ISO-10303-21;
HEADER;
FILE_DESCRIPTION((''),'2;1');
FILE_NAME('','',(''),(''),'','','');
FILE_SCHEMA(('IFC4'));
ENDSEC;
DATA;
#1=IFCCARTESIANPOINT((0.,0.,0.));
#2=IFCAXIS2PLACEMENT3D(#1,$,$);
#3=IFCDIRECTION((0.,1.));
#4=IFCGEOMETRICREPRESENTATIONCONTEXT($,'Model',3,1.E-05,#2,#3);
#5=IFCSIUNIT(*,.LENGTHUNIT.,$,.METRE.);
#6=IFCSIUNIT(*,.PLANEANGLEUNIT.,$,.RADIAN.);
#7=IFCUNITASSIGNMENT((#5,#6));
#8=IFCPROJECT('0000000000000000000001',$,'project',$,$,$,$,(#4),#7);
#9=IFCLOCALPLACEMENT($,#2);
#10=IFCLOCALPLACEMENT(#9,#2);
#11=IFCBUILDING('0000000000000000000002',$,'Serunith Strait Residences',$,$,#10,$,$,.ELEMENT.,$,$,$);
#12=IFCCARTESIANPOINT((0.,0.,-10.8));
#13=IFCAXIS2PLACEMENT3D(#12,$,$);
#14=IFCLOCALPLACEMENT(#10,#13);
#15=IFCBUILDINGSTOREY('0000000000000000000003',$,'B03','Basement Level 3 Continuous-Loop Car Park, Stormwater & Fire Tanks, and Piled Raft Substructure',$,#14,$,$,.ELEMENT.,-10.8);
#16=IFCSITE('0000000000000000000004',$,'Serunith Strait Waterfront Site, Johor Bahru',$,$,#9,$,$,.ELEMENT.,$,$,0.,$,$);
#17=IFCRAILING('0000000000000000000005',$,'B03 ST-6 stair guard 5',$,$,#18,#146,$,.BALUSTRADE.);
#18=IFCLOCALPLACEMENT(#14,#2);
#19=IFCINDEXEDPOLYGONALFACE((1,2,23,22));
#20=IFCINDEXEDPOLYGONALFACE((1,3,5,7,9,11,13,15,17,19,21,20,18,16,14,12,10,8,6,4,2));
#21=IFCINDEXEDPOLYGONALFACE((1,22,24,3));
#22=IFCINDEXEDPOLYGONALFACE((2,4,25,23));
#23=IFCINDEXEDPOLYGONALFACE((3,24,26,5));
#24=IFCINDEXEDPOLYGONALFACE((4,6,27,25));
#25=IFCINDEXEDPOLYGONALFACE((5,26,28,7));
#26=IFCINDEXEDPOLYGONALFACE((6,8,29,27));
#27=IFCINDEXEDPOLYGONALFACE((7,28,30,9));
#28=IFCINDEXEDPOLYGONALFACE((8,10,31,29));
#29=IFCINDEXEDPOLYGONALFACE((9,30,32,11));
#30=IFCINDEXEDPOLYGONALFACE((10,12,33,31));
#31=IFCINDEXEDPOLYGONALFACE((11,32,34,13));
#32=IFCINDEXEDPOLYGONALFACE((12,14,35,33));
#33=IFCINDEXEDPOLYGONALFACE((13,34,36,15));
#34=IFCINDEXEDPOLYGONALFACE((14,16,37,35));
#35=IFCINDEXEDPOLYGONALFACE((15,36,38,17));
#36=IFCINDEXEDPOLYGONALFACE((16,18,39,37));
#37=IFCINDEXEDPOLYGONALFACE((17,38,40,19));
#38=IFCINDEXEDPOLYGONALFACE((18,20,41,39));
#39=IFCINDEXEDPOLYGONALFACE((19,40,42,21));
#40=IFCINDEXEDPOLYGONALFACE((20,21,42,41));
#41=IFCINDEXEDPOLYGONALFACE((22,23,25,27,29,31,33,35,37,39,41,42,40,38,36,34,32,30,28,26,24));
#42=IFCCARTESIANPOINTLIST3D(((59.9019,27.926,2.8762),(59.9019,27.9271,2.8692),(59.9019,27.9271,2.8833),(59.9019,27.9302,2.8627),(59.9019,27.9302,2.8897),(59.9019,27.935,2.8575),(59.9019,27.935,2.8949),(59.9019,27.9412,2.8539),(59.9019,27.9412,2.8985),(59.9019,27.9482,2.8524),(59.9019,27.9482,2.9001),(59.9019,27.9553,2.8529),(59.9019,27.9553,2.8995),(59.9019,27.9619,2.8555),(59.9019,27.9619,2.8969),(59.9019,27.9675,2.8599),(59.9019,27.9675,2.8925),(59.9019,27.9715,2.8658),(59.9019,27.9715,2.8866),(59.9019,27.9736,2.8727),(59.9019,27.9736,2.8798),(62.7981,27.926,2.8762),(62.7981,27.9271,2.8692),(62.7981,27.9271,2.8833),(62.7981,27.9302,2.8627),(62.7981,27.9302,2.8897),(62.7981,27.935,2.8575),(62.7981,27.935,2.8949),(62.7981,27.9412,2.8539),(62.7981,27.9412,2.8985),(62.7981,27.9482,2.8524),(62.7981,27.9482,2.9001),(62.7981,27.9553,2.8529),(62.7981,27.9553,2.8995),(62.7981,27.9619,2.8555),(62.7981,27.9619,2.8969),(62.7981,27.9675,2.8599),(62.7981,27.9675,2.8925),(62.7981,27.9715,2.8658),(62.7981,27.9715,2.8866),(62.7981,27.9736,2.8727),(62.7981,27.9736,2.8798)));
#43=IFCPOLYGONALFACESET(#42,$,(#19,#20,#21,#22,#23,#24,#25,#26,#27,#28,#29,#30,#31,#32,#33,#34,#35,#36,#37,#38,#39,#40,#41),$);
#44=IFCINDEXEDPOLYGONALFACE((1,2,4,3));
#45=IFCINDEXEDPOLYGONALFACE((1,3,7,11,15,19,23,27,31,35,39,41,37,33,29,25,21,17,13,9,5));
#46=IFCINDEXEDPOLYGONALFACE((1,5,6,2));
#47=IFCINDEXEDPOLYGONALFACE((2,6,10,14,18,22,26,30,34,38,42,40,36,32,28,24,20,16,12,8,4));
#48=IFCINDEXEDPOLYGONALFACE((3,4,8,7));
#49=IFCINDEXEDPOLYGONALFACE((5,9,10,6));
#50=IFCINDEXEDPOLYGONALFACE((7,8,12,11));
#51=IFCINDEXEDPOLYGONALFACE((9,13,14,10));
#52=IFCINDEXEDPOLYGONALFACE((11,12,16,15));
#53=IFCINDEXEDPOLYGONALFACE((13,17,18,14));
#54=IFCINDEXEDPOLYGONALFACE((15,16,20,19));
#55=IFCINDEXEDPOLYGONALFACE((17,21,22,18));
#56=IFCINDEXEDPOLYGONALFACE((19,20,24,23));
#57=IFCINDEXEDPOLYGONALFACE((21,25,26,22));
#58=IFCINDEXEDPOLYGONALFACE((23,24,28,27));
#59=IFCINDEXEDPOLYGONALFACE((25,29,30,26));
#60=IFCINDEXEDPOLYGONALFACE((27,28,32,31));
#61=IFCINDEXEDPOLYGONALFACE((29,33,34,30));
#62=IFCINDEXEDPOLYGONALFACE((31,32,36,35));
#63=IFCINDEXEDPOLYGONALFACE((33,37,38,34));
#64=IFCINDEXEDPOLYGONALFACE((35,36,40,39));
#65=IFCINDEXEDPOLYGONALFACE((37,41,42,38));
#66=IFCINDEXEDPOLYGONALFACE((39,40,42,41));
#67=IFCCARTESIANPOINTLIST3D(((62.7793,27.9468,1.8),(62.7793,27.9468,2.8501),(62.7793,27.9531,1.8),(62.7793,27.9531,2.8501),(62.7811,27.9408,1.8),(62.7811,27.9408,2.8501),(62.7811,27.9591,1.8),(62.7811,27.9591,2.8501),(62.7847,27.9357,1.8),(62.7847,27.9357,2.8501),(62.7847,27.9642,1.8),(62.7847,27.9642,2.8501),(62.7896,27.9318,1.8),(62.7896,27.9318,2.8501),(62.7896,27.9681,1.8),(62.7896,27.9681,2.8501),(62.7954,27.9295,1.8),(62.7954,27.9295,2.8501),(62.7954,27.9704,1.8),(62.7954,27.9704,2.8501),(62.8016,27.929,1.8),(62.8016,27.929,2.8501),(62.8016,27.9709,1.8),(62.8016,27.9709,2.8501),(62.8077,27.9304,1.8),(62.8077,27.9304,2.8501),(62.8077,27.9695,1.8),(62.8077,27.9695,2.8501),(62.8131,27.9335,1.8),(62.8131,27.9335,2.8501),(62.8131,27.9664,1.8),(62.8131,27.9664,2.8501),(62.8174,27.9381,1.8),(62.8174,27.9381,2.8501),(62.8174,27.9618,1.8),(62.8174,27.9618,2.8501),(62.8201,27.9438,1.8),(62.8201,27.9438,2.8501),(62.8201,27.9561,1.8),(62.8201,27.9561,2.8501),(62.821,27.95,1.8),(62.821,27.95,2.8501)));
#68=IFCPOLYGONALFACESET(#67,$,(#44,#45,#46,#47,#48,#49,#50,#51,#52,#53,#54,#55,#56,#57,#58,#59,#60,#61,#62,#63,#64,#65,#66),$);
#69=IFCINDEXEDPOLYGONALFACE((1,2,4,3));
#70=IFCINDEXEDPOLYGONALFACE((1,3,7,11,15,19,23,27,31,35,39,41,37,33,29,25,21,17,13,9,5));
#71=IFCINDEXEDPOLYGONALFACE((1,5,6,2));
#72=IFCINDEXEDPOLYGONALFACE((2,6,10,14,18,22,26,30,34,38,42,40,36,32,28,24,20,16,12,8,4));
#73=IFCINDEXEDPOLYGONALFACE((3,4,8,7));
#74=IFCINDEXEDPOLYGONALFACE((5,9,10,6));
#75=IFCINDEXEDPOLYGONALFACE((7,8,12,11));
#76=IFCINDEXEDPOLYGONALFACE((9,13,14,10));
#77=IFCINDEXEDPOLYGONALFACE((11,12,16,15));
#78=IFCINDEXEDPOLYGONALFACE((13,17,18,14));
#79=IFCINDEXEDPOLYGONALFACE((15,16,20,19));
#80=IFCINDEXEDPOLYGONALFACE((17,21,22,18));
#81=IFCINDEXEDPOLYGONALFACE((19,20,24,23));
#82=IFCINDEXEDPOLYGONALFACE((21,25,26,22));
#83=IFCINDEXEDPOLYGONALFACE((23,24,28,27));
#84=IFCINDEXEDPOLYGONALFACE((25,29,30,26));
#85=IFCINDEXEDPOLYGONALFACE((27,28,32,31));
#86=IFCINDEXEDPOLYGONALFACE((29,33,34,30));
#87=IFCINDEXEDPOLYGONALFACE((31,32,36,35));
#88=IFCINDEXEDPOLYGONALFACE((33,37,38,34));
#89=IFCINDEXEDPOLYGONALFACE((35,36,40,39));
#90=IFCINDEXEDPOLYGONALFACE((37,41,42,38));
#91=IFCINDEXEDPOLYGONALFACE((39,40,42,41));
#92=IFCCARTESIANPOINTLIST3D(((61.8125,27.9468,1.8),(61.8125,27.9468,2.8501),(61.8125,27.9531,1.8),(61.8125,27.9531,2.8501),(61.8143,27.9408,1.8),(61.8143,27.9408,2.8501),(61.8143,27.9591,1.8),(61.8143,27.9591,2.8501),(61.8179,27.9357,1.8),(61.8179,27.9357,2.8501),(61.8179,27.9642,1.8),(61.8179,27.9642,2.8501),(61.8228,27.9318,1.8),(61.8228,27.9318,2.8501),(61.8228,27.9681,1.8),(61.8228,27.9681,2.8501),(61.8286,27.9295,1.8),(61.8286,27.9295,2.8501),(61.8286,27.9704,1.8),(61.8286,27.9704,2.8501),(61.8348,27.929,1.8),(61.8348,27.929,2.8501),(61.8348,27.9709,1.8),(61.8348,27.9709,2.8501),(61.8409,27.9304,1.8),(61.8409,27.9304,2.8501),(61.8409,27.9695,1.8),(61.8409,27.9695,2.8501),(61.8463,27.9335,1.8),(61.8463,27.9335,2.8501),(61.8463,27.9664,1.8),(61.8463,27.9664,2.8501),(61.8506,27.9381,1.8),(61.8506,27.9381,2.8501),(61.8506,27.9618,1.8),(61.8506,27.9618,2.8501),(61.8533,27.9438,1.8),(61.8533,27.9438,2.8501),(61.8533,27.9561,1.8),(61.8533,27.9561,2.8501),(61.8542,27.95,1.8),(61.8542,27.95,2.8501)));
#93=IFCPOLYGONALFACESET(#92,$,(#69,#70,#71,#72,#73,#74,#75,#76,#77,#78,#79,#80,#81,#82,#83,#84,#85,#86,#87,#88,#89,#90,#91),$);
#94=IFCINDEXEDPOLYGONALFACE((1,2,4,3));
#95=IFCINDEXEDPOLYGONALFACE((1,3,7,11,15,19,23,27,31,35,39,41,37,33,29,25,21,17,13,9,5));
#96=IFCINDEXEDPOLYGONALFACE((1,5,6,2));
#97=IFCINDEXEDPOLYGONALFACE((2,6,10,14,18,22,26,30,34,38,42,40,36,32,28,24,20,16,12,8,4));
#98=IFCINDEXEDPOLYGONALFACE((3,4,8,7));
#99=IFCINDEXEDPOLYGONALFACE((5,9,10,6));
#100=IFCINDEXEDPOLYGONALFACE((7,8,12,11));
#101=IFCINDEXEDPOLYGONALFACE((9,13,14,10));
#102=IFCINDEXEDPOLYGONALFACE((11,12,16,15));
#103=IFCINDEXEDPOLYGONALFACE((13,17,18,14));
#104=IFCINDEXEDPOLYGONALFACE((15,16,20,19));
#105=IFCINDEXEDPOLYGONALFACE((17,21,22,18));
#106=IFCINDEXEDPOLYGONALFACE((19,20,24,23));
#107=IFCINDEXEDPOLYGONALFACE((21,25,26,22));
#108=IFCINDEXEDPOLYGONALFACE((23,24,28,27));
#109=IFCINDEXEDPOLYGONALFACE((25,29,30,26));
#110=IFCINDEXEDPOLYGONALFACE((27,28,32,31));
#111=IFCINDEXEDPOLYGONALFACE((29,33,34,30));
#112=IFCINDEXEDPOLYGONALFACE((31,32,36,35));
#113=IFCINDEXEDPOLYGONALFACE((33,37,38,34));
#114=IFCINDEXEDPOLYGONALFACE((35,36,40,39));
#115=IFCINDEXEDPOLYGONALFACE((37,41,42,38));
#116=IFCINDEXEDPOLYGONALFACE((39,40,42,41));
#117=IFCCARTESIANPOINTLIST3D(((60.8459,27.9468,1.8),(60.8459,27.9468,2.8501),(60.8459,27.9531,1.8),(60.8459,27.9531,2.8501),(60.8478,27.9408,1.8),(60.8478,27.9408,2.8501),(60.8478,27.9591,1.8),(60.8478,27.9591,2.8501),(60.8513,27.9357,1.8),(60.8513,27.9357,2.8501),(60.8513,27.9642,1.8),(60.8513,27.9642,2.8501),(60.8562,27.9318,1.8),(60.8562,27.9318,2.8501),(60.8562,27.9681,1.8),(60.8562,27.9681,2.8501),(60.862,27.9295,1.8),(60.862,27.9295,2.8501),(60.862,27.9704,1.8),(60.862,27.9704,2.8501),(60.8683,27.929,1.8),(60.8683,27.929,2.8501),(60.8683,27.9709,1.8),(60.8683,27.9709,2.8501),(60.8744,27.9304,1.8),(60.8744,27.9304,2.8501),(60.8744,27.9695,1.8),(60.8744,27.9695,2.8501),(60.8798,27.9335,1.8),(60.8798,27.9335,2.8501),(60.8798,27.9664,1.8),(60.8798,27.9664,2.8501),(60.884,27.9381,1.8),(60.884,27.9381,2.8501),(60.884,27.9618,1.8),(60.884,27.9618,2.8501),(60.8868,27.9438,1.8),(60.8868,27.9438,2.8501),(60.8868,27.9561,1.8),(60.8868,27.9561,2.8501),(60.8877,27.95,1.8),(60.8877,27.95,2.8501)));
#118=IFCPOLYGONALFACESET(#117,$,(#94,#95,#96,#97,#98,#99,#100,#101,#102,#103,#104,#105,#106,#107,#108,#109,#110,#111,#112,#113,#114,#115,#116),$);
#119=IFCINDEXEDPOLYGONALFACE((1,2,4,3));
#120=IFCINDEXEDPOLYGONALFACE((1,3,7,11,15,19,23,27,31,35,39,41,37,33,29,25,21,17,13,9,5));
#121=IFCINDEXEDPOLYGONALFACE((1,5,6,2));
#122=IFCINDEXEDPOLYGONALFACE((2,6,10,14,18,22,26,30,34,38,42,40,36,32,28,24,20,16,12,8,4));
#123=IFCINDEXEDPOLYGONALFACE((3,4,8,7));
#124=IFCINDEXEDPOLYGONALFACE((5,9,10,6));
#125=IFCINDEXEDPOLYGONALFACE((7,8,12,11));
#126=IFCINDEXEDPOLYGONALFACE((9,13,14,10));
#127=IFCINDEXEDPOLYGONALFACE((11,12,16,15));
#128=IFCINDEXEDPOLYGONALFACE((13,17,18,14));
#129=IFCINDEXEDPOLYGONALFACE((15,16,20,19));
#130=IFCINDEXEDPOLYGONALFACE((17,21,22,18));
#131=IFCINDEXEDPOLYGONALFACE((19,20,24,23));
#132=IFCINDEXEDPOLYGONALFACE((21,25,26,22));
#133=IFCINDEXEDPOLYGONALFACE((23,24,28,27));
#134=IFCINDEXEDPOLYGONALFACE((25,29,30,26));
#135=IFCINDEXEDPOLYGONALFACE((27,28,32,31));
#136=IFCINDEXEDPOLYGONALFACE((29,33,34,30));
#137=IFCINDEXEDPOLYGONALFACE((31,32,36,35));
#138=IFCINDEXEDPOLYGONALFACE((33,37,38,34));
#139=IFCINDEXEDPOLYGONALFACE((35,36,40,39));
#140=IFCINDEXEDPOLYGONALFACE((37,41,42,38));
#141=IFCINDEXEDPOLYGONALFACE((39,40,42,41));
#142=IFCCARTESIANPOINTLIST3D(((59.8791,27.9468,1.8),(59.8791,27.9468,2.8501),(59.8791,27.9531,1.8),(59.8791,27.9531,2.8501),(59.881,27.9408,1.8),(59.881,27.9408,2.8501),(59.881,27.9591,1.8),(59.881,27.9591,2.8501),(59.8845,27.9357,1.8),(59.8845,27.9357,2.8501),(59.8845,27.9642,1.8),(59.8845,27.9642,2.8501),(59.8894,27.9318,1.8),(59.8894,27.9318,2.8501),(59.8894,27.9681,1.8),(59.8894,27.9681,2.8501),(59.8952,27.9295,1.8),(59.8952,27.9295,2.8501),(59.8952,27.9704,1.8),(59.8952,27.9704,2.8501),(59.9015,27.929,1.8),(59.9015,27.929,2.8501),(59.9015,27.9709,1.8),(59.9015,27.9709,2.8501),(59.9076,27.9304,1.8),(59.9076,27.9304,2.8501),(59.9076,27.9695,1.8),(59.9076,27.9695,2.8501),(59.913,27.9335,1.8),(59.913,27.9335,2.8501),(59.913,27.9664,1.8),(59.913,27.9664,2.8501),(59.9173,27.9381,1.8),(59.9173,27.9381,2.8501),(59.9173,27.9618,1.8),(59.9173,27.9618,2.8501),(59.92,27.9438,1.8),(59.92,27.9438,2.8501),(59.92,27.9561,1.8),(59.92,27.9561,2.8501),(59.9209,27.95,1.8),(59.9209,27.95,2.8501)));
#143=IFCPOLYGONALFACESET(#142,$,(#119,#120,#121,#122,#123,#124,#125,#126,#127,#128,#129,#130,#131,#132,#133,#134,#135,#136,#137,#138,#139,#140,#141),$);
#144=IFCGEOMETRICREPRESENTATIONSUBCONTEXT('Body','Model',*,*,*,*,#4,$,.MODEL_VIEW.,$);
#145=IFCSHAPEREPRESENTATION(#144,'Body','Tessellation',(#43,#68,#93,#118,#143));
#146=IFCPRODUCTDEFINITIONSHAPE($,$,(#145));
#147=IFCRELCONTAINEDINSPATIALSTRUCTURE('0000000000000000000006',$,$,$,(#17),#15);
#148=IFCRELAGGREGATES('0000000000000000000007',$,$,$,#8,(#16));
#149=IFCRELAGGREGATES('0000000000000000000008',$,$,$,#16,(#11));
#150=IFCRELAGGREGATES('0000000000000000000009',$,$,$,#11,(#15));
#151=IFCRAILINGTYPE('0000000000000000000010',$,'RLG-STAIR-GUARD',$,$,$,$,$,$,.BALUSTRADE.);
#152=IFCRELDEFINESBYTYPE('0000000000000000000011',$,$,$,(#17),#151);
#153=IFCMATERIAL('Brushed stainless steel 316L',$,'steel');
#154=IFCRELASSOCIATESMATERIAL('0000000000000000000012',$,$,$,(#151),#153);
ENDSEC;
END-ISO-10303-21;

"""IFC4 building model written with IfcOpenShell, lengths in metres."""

from ifc_helpers import new_model, si_unit, direction, frame, origin, origin_2d, place, context, subcontext, project, spatial, circle, extrude, material, type_object, element, save


model = new_model("IFC4")

# Units and contexts
model_context = context("Model", 3, precision=1e-05, world=origin(), true_north=direction((0.0, 1.0)))
body_context = subcontext(model_context, "Body", "Model", "MODEL_VIEW")
ifc_project = project(units=[si_unit("LENGTHUNIT", "METRE"), si_unit("PLANEANGLEUNIT", "RADIAN")], contexts=[model_context])

# Site, building, storey
site_placement = place(None, origin())
site = spatial("IfcSite", under=ifc_project, at=site_placement, Name="Serunith Strait Waterfront Site, Johor Bahru", CompositionType="ELEMENT", RefElevation=0.0)
building_placement = place(site_placement, origin())
building = spatial("IfcBuilding", under=site, at=building_placement, Name="Serunith Strait Residences", CompositionType="ELEMENT")
storey_placement = place(building_placement, frame((0.0, 0.0, -10.8)))
storey = spatial("IfcBuildingStorey", under=building, at=storey_placement, Name="B03", Description="Basement Level 3 Continuous-Loop Car Park, Stormwater & Fire Tanks, and Piled Raft Substructure", CompositionType="ELEMENT", Elevation=-10.8)

# Railing
ifc_material_1 = material(Name="Brushed stainless steel 316L", Category="steel")
railing_type_1 = type_object("IfcRailingType", Name="RLG-STAIR-GUARD", PredefinedType="BALUSTRADE", material=ifc_material_1)
railing_1_placement = place(storey_placement, frame((62.8, 27.95, 1.8)))
element("IfcRailing", 1, at=railing_1_placement, inside=storey, type_object=railing_type_1, Name="B03 ST-6 stair guard 5", PredefinedType="BALUSTRADE", context=body_context, shape_type="SweptSolid", body=[
    extrude(circle(Radius=0.0239, at=origin_2d()), frame((-0.002, 0.0, 1.0762), z_axis=(-1.0, 0.0, 0.0), x_axis=(0.0, -1.0, 0.0)), (0.0, 0.0, 1.0), 2.8962),
    extrude(circle(Radius=0.021, at=origin_2d()), origin(), (0.0, 0.0, 1.0), 1.05),
    extrude(circle(Radius=0.021, at=origin_2d()), frame((-0.9668, 0.0, 0.0)), (0.0, 0.0, 1.0), 1.05),
    extrude(circle(Radius=0.021, at=origin_2d()), frame((-1.9333, 0.0, 0.0)), (0.0, 0.0, 1.0), 1.05),
    extrude(circle(Radius=0.021, at=origin_2d()), frame((-2.9001, 0.0, 0.0)), (0.0, 0.0, 1.0), 1.05),
])

save(model, "model.ifc")
